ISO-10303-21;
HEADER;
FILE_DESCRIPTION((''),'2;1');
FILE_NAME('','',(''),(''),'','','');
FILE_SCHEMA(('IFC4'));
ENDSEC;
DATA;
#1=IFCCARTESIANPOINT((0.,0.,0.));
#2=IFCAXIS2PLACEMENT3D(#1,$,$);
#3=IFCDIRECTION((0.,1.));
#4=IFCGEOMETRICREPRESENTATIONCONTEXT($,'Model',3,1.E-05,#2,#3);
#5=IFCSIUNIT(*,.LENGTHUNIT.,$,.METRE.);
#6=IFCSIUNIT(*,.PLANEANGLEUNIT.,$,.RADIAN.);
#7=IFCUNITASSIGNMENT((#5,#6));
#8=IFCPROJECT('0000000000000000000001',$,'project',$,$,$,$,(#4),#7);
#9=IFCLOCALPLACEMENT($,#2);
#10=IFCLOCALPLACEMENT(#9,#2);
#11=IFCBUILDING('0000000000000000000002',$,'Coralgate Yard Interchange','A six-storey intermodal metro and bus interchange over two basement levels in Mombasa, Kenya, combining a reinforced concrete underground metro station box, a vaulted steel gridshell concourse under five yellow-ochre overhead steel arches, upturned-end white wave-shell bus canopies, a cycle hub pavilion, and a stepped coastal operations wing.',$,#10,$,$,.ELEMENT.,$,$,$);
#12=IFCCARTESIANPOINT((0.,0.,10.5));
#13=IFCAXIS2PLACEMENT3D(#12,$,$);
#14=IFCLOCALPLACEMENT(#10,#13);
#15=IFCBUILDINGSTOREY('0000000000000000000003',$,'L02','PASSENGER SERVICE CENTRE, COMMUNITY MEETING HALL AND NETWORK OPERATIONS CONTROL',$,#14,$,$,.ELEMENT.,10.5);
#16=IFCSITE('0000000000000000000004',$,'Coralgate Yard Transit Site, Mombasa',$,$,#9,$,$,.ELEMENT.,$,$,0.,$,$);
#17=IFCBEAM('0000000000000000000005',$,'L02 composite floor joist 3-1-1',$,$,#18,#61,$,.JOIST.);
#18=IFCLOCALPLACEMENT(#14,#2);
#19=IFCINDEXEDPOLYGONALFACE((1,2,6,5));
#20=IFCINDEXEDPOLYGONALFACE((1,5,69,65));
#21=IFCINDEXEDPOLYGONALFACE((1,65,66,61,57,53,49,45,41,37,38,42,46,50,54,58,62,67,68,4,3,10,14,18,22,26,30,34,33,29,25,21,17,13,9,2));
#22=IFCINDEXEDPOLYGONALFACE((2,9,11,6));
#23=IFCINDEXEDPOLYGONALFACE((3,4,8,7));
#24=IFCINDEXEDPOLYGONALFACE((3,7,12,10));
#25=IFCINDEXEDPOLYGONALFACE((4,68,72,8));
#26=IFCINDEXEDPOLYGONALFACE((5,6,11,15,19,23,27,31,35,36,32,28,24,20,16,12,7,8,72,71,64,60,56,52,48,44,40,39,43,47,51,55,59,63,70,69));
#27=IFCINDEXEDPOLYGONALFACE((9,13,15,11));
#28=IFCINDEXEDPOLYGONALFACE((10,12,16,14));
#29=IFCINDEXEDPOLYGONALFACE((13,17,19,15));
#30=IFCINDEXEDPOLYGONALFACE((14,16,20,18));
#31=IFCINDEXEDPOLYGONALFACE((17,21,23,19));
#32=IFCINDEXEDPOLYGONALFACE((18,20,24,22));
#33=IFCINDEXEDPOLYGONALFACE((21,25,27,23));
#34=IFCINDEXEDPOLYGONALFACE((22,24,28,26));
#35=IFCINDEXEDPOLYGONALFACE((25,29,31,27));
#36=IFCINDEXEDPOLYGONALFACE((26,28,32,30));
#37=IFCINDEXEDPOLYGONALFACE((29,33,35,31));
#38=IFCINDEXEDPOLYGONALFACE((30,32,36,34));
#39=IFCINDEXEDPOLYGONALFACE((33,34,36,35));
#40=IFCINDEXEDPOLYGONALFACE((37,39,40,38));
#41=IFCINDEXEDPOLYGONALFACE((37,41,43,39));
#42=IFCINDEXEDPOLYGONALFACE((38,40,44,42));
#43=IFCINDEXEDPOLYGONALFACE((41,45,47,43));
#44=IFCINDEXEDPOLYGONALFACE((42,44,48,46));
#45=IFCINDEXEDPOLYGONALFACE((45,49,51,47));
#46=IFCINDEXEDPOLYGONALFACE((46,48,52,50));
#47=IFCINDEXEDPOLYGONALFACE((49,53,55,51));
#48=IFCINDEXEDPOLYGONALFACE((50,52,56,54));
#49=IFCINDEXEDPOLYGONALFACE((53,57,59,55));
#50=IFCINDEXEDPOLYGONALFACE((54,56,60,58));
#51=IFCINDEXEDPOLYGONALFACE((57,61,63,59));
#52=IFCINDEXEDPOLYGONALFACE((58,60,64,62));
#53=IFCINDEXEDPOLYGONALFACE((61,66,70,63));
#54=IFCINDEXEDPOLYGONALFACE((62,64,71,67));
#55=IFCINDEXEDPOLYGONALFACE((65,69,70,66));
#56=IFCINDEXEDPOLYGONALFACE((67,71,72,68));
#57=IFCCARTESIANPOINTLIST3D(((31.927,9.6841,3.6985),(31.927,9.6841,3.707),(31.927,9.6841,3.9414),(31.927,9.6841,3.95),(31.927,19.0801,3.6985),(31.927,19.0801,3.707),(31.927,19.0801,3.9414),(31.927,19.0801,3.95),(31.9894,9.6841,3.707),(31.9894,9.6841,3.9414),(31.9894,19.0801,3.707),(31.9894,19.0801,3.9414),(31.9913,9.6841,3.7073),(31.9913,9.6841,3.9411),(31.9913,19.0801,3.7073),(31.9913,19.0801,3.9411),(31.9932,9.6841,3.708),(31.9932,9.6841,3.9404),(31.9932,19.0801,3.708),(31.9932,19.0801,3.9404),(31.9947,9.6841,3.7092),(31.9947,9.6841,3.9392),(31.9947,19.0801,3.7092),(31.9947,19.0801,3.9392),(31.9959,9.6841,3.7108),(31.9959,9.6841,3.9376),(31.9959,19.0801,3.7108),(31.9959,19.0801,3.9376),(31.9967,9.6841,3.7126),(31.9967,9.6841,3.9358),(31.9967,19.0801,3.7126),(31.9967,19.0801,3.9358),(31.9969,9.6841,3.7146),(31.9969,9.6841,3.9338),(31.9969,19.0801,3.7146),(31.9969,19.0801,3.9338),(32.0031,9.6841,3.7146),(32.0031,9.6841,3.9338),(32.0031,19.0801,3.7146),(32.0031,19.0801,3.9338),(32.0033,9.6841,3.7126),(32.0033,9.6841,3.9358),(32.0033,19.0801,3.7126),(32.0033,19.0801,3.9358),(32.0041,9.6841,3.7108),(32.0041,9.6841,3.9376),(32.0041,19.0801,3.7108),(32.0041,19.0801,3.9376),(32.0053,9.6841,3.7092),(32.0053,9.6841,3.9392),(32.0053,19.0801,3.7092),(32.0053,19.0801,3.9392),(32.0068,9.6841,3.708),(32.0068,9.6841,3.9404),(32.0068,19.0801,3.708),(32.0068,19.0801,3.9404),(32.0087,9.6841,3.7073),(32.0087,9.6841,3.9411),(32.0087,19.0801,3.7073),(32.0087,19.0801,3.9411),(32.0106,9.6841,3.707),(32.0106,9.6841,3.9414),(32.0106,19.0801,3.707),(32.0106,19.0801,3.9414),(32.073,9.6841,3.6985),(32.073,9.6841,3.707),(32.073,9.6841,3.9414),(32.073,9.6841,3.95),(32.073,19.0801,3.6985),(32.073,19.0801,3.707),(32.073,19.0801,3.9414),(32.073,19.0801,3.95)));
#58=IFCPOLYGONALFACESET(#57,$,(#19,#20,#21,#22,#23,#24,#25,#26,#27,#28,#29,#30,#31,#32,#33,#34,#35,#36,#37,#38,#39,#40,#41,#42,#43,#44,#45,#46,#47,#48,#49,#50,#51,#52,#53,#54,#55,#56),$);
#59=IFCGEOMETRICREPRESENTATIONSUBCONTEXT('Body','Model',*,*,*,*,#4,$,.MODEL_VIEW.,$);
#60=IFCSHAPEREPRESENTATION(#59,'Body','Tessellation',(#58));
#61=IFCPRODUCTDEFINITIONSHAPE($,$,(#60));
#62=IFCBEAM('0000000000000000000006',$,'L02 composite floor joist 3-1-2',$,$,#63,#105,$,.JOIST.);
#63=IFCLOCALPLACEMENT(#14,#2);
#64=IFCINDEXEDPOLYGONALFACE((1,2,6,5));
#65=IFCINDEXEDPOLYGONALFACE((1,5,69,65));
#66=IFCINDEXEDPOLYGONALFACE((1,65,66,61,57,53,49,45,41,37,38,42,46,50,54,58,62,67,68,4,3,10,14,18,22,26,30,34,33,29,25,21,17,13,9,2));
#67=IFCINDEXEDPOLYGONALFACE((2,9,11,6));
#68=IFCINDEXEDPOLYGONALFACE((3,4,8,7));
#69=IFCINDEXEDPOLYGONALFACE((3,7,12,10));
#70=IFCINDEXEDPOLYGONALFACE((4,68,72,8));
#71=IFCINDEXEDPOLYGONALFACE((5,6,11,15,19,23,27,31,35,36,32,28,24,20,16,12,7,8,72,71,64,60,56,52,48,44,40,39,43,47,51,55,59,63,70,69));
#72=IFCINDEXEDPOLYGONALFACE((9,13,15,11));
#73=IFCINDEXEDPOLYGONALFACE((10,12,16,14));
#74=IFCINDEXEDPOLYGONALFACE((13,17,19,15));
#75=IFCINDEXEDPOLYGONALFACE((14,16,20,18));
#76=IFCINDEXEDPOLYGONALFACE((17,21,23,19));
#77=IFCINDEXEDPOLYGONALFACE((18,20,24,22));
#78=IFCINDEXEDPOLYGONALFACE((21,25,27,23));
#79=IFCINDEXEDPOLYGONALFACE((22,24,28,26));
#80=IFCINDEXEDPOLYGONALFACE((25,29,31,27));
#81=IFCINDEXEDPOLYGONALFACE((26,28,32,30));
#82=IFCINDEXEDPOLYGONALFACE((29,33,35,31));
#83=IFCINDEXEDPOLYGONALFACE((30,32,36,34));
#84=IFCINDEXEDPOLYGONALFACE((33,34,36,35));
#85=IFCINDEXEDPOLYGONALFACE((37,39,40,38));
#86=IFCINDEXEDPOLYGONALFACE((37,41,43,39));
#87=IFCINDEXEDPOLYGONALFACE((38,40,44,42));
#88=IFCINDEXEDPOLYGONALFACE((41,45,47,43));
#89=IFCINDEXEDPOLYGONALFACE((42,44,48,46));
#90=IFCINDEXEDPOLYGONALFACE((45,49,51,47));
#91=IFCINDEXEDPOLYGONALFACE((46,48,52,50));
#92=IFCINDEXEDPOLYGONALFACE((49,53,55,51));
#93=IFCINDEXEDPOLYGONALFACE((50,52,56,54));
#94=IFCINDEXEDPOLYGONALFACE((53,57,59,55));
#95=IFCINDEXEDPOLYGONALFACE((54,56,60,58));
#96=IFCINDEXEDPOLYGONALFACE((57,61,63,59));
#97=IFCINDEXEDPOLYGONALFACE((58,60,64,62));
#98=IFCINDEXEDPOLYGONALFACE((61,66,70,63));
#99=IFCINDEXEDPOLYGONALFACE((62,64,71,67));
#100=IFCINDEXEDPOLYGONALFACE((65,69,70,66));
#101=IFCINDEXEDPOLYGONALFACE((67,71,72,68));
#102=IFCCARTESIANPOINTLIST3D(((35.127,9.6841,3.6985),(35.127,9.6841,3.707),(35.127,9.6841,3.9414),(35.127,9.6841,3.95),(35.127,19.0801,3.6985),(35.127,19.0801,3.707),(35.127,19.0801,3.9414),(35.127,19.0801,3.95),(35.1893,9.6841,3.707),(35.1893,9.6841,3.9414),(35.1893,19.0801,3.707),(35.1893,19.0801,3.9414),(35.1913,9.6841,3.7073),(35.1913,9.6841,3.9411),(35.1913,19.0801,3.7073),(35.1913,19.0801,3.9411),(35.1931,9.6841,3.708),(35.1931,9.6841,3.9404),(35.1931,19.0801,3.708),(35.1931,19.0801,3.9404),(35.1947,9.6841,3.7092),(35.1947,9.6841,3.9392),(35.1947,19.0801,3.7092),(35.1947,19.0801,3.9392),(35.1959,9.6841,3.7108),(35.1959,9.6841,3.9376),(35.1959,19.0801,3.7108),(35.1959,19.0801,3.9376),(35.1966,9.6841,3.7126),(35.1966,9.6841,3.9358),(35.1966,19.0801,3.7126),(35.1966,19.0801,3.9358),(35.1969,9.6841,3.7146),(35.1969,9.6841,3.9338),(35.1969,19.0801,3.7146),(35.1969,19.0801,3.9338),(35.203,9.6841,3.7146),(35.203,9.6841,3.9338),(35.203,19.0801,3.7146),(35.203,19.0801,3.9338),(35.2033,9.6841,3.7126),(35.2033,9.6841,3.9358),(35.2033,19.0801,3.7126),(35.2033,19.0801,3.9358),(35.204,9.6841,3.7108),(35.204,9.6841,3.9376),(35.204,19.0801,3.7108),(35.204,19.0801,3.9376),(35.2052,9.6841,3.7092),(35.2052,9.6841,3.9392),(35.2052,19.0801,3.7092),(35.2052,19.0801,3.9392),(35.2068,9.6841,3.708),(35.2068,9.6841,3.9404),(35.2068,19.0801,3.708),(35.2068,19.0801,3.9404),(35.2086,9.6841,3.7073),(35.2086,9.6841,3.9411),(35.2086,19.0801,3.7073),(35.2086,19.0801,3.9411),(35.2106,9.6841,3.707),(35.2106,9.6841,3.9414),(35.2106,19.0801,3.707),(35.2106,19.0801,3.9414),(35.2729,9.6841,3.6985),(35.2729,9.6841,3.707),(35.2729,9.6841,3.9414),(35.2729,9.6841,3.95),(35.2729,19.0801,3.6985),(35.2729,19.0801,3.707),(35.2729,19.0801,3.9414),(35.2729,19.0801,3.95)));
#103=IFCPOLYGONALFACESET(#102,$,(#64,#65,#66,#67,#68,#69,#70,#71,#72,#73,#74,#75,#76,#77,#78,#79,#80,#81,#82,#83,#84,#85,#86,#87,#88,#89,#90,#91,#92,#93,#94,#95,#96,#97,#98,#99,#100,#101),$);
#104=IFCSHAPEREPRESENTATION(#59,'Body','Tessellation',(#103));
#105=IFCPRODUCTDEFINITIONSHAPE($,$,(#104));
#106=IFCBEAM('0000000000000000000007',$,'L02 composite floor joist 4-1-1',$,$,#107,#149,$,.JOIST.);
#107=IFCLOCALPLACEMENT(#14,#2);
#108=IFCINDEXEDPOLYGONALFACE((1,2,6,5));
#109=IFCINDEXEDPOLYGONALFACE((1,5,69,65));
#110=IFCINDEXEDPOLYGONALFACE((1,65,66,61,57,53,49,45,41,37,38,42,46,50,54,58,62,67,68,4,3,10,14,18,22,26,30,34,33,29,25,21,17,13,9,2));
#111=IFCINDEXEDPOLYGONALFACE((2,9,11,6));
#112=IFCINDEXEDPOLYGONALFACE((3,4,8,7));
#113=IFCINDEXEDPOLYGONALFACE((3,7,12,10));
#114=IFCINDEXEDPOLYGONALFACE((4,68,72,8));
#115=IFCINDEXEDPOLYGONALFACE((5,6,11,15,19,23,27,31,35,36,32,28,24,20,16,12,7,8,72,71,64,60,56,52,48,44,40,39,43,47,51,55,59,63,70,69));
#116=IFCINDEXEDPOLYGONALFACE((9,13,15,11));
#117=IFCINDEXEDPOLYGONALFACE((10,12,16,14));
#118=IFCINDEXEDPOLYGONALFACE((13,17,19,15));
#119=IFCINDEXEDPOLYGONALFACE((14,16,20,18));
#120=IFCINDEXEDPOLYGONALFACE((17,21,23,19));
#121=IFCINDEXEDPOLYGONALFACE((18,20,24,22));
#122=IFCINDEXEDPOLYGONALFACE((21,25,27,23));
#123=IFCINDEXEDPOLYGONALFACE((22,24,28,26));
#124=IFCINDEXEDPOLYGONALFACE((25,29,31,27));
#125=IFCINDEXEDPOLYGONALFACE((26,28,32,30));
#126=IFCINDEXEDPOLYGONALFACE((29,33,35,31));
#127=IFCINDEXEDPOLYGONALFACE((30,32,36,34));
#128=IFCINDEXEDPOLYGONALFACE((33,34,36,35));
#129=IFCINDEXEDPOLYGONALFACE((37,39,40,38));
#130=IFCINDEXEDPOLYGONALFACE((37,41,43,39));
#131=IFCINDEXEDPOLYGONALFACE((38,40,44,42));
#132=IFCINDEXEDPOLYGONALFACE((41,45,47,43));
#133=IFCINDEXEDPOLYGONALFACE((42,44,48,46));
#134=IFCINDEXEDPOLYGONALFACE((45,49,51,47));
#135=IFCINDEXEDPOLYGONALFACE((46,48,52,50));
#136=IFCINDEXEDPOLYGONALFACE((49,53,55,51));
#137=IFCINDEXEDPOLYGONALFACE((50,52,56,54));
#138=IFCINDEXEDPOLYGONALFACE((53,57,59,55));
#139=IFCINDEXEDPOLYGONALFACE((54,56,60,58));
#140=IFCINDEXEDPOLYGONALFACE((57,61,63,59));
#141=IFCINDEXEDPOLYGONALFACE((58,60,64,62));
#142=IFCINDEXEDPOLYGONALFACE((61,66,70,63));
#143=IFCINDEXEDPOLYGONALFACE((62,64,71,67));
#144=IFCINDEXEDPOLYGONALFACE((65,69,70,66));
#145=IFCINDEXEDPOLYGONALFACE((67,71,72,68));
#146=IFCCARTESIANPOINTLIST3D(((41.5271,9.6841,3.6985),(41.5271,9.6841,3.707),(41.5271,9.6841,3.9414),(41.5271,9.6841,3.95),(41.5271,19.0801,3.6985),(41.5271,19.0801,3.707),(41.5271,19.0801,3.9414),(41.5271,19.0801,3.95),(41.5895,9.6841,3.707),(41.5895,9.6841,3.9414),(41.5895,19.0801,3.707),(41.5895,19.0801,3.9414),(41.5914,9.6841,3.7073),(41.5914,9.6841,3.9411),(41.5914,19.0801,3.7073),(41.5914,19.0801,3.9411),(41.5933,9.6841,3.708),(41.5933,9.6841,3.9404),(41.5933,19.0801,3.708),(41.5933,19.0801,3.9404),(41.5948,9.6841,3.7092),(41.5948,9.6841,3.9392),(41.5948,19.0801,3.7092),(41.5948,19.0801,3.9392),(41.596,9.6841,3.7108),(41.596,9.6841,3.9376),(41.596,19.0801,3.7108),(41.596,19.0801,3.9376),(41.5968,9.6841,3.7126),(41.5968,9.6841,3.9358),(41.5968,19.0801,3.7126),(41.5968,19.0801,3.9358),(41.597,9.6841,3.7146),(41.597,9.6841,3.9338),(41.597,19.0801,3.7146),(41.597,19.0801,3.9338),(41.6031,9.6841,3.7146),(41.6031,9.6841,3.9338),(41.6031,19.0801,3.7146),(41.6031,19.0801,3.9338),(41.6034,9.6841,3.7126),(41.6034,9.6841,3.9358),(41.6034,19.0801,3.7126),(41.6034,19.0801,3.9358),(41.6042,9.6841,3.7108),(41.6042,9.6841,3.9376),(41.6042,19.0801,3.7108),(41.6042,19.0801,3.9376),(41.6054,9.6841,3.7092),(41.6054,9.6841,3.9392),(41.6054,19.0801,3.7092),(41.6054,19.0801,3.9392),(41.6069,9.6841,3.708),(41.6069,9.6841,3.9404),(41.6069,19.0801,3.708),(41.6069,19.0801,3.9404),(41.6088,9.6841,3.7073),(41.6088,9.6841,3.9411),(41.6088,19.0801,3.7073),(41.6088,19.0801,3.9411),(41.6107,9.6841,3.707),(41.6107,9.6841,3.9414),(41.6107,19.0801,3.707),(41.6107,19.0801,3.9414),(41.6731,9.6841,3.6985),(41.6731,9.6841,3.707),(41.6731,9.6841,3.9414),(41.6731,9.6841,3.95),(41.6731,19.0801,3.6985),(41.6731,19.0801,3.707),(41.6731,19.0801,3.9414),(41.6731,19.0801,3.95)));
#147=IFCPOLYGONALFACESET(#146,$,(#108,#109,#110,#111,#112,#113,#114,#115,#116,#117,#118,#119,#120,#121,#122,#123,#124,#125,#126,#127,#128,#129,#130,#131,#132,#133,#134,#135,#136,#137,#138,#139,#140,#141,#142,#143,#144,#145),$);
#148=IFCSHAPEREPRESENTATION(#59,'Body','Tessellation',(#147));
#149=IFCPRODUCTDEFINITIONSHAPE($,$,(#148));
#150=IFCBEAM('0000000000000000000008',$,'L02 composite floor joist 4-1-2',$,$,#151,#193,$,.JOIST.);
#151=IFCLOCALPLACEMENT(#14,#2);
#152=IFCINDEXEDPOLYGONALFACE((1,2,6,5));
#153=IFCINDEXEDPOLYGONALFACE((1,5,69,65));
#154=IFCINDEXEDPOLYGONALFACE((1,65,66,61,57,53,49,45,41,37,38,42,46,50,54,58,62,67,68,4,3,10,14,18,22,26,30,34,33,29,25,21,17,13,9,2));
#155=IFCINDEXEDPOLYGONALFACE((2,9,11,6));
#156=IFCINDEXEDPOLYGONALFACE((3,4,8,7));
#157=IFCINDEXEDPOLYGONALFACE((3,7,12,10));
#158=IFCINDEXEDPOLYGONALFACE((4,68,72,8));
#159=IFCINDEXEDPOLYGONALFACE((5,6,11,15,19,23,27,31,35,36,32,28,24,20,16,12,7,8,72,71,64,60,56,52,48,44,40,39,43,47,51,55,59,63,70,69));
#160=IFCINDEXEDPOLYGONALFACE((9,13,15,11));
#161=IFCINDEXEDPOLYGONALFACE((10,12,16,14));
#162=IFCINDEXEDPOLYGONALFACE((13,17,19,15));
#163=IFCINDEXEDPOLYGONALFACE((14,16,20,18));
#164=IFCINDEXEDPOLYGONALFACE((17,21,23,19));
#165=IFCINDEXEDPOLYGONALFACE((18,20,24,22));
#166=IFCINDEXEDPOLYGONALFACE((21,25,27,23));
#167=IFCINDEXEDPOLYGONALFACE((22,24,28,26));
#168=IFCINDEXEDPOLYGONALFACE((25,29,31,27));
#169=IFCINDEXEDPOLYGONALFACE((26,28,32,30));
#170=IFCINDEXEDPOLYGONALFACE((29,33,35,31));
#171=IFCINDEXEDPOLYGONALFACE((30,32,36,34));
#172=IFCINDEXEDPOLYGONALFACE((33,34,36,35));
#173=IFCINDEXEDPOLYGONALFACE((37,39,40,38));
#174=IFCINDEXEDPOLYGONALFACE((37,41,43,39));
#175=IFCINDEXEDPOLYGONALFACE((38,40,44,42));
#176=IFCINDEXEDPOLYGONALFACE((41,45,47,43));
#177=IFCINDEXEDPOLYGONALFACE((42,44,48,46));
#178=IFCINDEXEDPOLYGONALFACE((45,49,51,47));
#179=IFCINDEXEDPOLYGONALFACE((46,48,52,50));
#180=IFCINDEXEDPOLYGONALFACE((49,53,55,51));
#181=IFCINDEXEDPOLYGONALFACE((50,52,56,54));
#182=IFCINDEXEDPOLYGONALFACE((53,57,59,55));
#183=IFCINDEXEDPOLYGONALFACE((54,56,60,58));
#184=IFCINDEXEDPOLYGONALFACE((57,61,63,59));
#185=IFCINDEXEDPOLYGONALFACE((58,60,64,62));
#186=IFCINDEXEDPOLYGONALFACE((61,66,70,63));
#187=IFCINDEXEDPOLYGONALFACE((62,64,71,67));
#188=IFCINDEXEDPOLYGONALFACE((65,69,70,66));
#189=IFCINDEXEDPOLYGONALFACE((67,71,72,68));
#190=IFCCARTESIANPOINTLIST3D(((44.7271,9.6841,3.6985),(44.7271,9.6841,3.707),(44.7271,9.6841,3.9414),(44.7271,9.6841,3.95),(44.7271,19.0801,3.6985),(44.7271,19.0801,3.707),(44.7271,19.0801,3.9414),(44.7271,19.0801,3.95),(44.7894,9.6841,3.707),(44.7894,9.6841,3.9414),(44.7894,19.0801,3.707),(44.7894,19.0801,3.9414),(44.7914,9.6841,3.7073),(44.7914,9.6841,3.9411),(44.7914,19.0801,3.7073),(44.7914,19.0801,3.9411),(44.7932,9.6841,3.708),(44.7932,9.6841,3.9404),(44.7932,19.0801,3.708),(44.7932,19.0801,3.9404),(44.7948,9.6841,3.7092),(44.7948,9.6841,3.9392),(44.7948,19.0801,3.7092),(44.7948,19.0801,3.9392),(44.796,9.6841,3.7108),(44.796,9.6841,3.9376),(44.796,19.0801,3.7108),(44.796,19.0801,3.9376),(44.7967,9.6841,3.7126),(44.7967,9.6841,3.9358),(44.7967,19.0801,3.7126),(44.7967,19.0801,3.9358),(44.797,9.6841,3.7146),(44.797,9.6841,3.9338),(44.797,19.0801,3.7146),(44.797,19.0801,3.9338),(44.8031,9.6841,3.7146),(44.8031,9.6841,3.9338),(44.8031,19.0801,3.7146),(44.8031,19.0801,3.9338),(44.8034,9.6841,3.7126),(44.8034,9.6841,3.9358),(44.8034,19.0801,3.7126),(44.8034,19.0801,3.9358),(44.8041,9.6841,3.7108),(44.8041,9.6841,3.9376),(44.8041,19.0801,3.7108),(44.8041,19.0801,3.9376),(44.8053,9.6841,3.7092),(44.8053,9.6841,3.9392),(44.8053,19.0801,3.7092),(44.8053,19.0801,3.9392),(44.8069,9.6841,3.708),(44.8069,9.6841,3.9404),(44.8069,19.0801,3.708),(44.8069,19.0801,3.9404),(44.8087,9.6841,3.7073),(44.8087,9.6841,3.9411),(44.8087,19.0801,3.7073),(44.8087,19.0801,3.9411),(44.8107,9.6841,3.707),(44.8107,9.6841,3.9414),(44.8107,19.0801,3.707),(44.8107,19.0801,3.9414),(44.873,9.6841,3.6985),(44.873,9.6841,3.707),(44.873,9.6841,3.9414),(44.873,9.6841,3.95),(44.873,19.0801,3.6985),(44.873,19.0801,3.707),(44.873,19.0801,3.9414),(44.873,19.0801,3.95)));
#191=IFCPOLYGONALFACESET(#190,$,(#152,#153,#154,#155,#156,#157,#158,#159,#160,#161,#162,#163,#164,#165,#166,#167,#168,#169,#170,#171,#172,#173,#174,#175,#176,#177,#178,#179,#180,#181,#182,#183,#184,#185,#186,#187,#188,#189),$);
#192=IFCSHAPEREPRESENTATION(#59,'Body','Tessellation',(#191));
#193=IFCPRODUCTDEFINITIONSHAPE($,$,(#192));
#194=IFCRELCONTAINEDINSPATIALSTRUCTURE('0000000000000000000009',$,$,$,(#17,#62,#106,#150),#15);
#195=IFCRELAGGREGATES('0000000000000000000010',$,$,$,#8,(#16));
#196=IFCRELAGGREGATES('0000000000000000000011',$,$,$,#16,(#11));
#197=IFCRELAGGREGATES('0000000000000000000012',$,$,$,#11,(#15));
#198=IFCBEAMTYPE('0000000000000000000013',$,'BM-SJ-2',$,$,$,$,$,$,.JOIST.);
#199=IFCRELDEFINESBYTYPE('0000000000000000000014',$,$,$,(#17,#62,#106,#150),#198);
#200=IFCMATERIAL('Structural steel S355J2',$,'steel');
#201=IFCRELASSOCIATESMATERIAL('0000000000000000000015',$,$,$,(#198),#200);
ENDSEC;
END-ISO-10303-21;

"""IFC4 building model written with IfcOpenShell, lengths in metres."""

from ifc_helpers import new_model, si_unit, direction, frame, origin, origin_2d, place, context, subcontext, project, spatial, i_section, extrude, material, material_profile, profile_set, type_object, element, save


model = new_model("IFC4")

# Units and contexts
model_context = context("Model", 3, precision=1e-05, world=origin(), true_north=direction((0.0, 1.0)))
body_context = subcontext(model_context, "Body", "Model", "MODEL_VIEW")
ifc_project = project(units=[si_unit("LENGTHUNIT", "METRE"), si_unit("PLANEANGLEUNIT", "RADIAN")], contexts=[model_context])

# Site, building, storey
site_placement = place(None, origin())
site = spatial("IfcSite", under=ifc_project, at=site_placement, Name="Coralgate Yard Transit Site, Mombasa", CompositionType="ELEMENT", RefElevation=0.0)
building_placement = place(site_placement, origin())
building = spatial("IfcBuilding", under=site, at=building_placement, Name="Coralgate Yard Interchange", Description="A six-storey intermodal metro and bus interchange over two basement levels in Mombasa, Kenya, combining a reinforced concrete underground metro station box, a vaulted steel gridshell concourse under five yellow-ochre overhead steel arches, upturned-end white wave-shell bus canopies, a cycle hub pavilion, and a stepped coastal operations wing.", CompositionType="ELEMENT")
storey_placement = place(building_placement, frame((0.0, 0.0, 10.5)))
storey = spatial("IfcBuildingStorey", under=building, at=storey_placement, Name="L02", Description="PASSENGER SERVICE CENTRE, COMMUNITY MEETING HALL AND NETWORK OPERATIONS CONTROL", CompositionType="ELEMENT", Elevation=10.5)

# Shared definitions
ifc_material_1 = material(Name="Structural steel S355J2", Category="steel")

# Beams
ifc_material_profile_1 = material_profile(ifc_material_1, i_section(OverallWidth=0.146, OverallDepth=0.2515, WebThickness=0.0061, FlangeThickness=0.0085, FilletRadius=0.0076, at=origin_2d()), Name="UB 254x146x31")
ifc_profile_set_1 = profile_set([ifc_material_profile_1], Name="Structural steel S355J2")
beam_type_1 = type_object("IfcBeamType", Name="BM-SJ-2", PredefinedType="JOIST", material=ifc_profile_set_1)
for number, where, z_axis, x_axis, name in (
    (1, (32.0, 9.6841, 3.8242), (0.0, 1.0, 0.0), (-1.0, 0.0, 0.0), "L02 composite floor joist 3-1-1"),
    (2, (35.2, 9.6841, 3.8242), (0.0, 1.0, 0.0), (-1.0, 0.0, 0.0), "L02 composite floor joist 3-1-2"),
    (3, (41.6001, 9.6841, 3.8242), (0.0, 1.0, 0.0), (-1.0, 0.0, 0.0), "L02 composite floor joist 4-1-1"),
    (4, (44.8, 9.6841, 3.8242), (0.0, 1.0, 0.0), (-1.0, 0.0, 0.0), "L02 composite floor joist 4-1-2"),
):
    element("IfcBeam", number, at=place(storey_placement, frame(where, z_axis=z_axis, x_axis=x_axis)), inside=storey, type_object=beam_type_1, Name=name, PredefinedType="JOIST", context=body_context, shape_type="SweptSolid", body=[
        extrude(i_section(OverallWidth=0.146, OverallDepth=0.2515, WebThickness=0.0061, FlangeThickness=0.0085, FilletRadius=0.0076, at=origin_2d()), origin(), (0.0, 0.0, 1.0), 9.396),
    ])

save(model, "model.ifc")
